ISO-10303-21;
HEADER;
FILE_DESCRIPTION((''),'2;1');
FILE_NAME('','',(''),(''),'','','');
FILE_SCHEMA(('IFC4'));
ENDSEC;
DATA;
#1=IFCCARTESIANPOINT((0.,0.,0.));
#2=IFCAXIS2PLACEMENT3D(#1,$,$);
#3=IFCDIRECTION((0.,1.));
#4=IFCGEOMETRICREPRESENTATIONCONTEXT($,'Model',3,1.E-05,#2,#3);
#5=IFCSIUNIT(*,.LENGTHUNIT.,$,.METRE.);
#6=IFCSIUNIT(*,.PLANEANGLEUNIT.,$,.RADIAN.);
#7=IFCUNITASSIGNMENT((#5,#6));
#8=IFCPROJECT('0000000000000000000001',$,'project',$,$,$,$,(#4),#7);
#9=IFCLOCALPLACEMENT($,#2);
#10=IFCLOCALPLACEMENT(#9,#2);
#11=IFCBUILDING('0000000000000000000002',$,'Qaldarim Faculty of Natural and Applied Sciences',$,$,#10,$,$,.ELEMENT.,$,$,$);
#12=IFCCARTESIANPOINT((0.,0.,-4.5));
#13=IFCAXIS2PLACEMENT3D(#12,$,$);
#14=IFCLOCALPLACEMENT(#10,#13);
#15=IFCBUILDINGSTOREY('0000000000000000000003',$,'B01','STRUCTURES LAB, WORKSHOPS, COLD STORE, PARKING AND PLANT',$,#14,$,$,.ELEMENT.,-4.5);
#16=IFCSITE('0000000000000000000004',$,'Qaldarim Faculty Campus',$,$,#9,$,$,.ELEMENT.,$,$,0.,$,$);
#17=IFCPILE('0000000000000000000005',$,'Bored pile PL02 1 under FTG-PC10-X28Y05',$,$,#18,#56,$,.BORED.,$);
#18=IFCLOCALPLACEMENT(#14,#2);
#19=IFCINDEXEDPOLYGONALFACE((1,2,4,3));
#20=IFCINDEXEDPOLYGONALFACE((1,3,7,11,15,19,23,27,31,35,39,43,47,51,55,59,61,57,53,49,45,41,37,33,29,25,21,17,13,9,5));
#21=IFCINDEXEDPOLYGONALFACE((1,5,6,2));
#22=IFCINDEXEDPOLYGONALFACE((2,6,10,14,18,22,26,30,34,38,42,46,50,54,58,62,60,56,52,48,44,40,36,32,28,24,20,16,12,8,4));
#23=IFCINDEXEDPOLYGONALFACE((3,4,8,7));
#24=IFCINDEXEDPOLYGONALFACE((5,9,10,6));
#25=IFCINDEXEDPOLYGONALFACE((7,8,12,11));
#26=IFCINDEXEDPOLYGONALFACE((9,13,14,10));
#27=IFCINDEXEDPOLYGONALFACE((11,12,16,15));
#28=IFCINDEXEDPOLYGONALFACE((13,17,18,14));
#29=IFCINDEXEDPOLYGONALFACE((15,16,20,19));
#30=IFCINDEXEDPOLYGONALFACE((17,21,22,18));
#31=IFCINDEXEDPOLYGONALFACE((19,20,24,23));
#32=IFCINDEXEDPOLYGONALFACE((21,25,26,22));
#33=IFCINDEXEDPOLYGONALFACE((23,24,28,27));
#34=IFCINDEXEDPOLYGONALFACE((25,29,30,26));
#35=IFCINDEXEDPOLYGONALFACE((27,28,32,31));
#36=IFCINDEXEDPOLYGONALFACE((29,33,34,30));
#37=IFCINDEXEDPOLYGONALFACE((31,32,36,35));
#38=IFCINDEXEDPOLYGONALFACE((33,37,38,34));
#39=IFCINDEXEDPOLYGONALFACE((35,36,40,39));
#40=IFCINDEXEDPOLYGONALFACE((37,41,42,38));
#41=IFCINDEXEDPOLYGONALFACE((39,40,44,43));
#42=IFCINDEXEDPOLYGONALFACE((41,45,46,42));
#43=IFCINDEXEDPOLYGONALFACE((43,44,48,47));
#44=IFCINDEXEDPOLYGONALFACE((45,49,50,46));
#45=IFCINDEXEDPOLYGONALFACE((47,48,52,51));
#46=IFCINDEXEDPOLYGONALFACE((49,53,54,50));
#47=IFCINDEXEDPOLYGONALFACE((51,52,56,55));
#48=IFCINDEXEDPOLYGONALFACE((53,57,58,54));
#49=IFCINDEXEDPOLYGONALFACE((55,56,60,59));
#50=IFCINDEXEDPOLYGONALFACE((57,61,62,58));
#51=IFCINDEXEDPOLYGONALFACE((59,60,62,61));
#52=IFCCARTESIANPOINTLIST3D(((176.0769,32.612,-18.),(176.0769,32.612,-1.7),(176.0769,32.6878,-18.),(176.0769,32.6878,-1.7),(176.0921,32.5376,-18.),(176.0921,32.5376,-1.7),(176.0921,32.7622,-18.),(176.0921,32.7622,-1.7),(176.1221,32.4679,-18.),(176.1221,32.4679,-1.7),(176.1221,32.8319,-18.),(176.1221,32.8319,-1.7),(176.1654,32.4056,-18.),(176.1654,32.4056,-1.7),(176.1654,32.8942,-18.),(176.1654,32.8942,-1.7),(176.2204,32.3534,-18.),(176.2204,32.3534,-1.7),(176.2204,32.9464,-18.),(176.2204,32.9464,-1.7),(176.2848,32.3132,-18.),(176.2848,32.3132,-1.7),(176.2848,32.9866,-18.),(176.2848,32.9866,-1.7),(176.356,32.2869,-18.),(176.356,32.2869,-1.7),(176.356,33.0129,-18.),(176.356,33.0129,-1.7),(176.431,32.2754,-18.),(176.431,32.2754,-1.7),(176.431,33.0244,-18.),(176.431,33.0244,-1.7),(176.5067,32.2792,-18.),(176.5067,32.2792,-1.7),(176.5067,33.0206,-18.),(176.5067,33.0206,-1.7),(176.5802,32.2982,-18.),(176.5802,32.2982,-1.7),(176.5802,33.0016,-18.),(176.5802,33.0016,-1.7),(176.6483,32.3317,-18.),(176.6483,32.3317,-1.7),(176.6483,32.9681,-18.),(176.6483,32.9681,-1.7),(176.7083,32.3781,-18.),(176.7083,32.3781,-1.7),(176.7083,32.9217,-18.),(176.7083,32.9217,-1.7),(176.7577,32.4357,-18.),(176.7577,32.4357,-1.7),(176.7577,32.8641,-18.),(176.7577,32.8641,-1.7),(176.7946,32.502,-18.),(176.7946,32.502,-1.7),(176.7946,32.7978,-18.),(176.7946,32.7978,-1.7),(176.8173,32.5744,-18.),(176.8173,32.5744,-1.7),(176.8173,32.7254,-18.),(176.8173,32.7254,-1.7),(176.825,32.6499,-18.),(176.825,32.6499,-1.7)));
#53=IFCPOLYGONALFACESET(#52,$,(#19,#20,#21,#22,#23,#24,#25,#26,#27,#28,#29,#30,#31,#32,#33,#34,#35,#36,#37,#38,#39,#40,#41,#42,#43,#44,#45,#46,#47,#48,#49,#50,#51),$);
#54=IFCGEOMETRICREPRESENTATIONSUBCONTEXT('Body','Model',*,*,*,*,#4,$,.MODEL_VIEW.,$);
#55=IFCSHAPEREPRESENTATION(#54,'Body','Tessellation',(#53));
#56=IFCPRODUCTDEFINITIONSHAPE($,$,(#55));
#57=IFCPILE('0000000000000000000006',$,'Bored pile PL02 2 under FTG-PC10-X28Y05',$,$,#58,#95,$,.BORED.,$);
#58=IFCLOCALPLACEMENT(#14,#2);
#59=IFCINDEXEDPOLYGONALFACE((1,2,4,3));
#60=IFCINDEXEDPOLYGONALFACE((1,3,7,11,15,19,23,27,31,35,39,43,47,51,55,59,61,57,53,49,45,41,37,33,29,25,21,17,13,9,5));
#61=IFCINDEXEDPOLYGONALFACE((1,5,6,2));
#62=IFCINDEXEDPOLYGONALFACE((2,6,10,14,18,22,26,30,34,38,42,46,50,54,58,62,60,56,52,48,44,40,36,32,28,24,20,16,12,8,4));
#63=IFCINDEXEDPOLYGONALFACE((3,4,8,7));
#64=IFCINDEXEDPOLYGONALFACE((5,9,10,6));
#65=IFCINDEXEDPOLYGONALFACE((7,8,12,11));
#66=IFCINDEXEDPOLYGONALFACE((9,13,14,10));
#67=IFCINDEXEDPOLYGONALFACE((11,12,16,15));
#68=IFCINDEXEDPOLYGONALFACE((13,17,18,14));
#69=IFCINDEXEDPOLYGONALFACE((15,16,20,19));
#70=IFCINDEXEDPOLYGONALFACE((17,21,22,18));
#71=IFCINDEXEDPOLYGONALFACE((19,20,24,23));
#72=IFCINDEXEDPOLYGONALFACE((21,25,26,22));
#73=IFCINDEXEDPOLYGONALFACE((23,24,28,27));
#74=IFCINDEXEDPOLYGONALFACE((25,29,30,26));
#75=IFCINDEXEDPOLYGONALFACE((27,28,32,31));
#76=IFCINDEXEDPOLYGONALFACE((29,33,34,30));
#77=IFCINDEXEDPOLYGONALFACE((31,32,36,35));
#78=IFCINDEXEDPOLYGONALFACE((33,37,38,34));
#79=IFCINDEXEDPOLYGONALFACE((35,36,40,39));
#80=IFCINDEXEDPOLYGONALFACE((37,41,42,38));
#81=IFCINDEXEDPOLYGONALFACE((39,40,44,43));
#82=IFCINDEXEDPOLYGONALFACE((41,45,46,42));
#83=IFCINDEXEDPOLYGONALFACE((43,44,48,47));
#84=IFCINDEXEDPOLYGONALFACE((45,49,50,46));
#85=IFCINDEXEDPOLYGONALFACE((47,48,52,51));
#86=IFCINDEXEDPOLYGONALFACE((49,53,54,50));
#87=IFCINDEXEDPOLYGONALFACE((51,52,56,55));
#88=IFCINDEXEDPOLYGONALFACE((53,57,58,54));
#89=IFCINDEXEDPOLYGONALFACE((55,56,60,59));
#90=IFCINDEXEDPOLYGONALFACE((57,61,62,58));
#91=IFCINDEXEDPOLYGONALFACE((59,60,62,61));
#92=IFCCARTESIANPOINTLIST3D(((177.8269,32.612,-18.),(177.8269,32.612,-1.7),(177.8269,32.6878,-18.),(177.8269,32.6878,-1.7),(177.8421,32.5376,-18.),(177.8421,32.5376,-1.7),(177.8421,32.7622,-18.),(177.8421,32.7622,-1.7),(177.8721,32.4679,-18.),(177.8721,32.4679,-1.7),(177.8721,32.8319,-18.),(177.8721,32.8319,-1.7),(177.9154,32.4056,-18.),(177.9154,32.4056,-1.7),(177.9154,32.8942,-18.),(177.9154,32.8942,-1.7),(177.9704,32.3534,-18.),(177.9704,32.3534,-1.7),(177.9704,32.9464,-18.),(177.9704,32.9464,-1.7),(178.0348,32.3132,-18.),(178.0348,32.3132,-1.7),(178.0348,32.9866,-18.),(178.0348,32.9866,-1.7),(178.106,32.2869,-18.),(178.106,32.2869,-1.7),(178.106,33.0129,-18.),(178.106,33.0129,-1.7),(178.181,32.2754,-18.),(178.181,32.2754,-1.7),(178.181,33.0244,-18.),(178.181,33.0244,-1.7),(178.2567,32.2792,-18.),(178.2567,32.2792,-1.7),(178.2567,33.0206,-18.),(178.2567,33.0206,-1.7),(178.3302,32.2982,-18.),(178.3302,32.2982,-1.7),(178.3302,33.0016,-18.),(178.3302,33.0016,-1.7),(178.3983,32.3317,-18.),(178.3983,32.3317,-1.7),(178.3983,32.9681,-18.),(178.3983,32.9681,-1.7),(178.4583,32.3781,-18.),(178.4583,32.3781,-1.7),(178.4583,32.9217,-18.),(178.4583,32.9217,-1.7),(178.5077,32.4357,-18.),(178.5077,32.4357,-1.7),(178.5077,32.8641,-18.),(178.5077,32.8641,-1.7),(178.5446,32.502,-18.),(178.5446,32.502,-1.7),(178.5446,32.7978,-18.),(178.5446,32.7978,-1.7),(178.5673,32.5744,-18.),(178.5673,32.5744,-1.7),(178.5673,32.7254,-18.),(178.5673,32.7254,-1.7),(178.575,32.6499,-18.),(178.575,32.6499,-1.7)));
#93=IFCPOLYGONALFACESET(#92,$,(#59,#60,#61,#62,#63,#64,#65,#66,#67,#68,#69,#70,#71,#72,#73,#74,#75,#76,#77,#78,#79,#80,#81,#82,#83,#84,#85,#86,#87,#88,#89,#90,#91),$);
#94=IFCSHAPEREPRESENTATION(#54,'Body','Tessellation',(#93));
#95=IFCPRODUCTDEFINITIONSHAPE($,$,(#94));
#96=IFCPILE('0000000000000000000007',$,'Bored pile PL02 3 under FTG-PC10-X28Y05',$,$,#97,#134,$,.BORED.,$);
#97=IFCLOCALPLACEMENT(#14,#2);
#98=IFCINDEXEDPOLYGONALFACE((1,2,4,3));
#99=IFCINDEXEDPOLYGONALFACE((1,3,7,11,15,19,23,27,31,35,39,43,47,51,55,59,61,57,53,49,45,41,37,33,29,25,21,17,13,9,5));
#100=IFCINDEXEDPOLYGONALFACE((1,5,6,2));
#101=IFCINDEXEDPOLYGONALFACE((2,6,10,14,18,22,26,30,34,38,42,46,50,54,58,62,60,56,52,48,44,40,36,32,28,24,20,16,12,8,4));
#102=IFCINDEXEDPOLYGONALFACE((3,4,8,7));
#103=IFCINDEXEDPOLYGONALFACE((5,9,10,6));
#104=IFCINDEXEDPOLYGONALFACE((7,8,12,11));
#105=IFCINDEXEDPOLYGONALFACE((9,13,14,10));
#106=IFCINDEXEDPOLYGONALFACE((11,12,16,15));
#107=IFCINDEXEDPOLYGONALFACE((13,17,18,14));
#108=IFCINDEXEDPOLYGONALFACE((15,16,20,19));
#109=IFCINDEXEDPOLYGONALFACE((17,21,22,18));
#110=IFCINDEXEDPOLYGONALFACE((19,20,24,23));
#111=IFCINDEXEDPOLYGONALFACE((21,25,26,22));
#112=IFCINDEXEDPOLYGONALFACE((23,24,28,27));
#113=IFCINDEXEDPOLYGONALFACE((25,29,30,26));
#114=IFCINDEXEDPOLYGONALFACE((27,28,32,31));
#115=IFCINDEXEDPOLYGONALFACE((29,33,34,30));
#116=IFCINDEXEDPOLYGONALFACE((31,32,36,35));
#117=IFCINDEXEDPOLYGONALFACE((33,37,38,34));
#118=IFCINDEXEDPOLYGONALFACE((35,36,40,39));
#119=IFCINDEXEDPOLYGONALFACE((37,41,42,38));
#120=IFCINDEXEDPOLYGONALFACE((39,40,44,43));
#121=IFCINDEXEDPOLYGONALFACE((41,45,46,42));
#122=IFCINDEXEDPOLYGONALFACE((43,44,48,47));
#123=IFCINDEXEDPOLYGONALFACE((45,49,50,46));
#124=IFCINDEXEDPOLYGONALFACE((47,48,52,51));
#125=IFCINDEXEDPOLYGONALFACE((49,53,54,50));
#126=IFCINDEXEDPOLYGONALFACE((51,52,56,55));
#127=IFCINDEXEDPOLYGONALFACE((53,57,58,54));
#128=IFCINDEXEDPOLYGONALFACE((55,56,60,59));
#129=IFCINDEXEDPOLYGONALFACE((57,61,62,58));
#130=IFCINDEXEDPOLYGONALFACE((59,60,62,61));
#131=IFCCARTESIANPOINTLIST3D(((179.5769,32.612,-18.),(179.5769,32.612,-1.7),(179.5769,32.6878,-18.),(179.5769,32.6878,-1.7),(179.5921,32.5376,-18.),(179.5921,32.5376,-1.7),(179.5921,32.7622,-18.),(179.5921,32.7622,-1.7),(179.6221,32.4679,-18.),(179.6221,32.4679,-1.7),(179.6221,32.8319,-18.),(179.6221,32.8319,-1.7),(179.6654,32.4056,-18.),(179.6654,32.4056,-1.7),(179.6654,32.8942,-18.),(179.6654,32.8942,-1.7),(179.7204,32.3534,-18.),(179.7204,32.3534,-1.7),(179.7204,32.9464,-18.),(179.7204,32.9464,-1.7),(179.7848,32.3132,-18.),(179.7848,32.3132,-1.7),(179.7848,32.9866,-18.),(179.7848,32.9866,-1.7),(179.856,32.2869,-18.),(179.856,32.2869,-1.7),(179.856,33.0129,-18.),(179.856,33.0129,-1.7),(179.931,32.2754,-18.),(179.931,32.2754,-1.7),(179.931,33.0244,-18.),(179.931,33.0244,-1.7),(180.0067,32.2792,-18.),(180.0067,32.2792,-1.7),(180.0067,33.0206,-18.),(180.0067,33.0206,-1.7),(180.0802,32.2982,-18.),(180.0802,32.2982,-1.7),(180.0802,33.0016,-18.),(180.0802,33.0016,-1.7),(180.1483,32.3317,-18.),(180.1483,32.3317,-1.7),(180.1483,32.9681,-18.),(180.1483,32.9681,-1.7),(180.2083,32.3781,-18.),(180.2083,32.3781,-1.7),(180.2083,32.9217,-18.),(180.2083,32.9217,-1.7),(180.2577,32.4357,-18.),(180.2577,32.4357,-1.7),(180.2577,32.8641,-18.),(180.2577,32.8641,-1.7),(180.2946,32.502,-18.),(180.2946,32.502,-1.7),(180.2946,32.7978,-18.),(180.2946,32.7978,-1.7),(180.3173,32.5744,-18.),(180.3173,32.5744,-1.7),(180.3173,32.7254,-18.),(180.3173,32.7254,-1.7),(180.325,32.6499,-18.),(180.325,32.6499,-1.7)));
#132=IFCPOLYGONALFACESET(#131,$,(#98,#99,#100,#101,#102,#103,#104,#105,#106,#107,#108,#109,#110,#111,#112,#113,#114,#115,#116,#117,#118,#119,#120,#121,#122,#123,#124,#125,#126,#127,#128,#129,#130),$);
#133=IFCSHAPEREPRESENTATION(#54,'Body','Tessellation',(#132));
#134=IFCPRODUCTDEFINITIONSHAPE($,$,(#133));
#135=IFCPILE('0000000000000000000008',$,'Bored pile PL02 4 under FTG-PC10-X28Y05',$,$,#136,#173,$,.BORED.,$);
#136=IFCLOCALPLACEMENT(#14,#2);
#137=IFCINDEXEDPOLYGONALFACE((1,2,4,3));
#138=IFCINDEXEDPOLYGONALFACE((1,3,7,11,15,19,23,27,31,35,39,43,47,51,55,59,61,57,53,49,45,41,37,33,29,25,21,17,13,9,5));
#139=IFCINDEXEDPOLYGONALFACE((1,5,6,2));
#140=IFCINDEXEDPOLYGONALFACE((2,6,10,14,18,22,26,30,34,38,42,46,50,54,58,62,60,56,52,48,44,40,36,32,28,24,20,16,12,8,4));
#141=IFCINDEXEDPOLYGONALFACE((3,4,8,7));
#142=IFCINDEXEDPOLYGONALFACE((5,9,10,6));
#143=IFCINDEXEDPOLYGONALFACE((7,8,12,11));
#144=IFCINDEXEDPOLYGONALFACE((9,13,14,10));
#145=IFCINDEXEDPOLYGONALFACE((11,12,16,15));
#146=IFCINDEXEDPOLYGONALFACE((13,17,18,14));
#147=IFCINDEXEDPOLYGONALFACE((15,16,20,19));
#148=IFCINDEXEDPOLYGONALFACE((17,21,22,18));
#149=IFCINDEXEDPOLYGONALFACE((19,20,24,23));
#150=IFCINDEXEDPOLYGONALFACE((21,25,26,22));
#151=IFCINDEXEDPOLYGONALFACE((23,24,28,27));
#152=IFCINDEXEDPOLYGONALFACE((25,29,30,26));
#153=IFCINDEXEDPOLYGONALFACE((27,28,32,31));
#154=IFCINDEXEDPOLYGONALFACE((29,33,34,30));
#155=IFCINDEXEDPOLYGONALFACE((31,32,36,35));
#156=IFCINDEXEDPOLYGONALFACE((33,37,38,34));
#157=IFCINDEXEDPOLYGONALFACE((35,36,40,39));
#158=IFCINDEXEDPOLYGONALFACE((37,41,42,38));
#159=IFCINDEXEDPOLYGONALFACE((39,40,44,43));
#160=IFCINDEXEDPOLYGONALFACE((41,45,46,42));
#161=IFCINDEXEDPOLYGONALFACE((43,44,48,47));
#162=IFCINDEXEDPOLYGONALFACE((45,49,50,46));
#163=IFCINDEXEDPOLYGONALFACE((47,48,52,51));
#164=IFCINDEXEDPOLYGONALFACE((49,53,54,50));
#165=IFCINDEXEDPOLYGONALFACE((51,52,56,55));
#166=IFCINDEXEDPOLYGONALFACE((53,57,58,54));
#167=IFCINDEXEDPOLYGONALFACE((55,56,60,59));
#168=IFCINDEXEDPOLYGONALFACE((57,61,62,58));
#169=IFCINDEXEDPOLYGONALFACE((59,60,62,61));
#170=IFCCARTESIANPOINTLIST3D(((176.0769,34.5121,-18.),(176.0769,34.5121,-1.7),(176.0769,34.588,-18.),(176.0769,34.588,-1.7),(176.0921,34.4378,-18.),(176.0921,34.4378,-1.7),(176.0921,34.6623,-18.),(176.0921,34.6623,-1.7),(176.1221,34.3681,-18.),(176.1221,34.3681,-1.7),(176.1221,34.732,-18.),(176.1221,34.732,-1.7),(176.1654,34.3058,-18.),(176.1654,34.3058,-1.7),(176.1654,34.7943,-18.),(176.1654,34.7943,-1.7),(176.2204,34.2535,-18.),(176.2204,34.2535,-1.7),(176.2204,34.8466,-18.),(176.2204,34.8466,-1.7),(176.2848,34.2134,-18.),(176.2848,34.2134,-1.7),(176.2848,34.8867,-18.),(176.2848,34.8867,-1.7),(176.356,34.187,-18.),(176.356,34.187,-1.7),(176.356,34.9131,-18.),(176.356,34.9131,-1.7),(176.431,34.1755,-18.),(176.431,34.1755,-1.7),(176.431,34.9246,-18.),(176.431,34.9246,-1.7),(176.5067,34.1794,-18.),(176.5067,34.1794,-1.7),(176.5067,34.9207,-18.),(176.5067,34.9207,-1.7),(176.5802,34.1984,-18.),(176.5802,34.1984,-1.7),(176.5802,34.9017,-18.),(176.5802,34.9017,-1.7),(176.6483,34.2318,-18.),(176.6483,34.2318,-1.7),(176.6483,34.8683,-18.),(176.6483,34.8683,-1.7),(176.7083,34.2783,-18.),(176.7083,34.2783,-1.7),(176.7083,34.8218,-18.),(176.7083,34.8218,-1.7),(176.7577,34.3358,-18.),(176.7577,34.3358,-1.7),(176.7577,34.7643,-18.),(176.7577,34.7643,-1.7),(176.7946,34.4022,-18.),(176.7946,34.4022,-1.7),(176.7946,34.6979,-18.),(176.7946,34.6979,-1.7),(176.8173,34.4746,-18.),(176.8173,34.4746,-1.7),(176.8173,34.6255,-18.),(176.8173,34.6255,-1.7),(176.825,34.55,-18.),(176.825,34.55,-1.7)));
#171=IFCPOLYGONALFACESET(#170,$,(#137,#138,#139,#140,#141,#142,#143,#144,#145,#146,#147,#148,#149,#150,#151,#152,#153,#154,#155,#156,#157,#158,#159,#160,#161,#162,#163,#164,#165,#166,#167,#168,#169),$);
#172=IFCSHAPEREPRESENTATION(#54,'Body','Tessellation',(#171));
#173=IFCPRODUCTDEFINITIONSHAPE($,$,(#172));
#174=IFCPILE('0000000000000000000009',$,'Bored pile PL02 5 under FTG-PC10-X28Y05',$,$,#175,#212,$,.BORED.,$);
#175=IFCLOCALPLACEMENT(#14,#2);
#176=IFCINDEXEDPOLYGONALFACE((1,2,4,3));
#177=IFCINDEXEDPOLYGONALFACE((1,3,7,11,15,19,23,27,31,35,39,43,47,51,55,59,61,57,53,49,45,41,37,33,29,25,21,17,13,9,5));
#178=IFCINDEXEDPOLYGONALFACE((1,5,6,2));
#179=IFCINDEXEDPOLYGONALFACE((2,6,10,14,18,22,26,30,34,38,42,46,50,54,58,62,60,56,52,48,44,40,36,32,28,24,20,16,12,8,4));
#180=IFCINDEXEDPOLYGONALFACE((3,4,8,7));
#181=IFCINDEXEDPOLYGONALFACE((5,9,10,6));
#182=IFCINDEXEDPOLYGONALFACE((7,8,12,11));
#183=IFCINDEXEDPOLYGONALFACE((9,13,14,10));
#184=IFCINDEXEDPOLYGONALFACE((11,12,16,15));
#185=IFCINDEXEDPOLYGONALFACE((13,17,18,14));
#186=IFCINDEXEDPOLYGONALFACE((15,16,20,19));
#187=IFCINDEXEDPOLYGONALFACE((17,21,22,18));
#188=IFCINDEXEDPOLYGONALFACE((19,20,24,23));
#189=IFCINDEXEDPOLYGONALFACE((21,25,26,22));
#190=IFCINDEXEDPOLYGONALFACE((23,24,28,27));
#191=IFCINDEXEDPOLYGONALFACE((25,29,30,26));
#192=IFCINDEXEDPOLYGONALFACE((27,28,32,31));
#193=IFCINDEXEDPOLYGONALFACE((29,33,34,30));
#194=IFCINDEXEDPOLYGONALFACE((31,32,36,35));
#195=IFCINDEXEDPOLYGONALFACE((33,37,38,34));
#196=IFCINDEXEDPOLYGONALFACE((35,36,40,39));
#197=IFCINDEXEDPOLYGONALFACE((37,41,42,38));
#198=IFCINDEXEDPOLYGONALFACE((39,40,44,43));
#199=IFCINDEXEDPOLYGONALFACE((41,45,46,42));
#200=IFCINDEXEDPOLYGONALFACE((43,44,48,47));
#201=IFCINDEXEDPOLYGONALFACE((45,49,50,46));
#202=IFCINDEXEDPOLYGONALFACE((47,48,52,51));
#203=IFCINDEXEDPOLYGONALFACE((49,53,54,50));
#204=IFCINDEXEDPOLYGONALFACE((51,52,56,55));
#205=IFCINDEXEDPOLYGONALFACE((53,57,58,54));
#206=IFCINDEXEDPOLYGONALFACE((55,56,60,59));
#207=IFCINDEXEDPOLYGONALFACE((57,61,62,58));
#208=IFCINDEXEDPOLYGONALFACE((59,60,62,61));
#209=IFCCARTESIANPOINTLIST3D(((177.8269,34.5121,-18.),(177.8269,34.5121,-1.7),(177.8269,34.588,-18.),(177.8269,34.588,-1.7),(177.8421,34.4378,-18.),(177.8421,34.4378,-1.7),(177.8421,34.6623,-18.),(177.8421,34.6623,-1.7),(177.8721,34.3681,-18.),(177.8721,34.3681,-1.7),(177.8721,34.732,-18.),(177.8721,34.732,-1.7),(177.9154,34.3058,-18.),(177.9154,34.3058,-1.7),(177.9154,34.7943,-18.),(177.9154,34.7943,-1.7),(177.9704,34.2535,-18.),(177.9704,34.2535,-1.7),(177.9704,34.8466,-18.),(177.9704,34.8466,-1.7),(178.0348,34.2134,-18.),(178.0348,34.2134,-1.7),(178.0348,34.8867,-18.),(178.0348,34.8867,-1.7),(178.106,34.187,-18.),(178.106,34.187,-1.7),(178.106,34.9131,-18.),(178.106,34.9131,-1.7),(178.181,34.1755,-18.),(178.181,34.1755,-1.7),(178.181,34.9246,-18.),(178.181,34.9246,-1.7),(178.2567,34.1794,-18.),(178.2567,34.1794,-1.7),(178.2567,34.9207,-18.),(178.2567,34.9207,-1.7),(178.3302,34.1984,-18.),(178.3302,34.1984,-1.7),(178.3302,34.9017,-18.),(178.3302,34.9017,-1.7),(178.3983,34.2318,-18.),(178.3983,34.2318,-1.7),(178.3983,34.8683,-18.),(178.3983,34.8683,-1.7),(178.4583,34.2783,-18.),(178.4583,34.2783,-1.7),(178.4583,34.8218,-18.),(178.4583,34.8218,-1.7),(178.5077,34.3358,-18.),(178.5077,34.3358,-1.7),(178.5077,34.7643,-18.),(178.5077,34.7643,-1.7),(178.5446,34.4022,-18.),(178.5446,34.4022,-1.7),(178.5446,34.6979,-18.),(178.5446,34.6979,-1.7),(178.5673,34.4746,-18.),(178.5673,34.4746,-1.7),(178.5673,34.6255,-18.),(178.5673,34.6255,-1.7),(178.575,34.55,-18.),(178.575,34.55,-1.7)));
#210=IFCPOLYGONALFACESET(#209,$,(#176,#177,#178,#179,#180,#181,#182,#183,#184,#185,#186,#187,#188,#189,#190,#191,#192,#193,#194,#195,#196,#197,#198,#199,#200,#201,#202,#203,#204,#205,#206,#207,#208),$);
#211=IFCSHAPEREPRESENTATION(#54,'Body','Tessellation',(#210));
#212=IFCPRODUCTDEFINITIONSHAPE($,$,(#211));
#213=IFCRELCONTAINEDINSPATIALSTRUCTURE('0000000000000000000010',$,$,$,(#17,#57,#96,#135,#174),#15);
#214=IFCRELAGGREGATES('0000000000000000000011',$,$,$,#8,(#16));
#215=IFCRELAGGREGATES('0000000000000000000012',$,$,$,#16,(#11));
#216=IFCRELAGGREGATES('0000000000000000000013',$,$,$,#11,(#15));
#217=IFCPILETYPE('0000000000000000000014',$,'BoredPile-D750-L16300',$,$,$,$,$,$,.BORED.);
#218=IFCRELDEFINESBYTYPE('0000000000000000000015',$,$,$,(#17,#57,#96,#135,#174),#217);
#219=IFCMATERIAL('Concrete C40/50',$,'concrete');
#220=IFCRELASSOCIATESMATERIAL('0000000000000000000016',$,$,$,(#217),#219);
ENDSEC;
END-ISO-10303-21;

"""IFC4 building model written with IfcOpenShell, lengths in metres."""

from ifc_helpers import new_model, si_unit, direction, frame, origin, origin_2d, place, context, subcontext, project, spatial, circle, extrude, material, material_profile, profile_set, type_object, element, save


model = new_model("IFC4")

# Units and contexts
model_context = context("Model", 3, precision=1e-05, world=origin(), true_north=direction((0.0, 1.0)))
body_context = subcontext(model_context, "Body", "Model", "MODEL_VIEW")
ifc_project = project(units=[si_unit("LENGTHUNIT", "METRE"), si_unit("PLANEANGLEUNIT", "RADIAN")], contexts=[model_context])

# Site, building, storey
site_placement = place(None, origin())
site = spatial("IfcSite", under=ifc_project, at=site_placement, Name="Qaldarim Faculty Campus", CompositionType="ELEMENT", RefElevation=0.0)
building_placement = place(site_placement, origin())
building = spatial("IfcBuilding", under=site, at=building_placement, Name="Qaldarim Faculty of Natural and Applied Sciences", CompositionType="ELEMENT")
storey_placement = place(building_placement, frame((0.0, 0.0, -4.5)))
storey = spatial("IfcBuildingStorey", under=building, at=storey_placement, Name="B01", Description="STRUCTURES LAB, WORKSHOPS, COLD STORE, PARKING AND PLANT", CompositionType="ELEMENT", Elevation=-4.5)

# Piles
ifc_material_1 = material(Name="Concrete C40/50", Category="concrete")
ifc_material_profile_1 = material_profile(ifc_material_1, circle(Radius=0.375, at=origin_2d()), Name="PILE-D750")
ifc_profile_set_1 = profile_set([ifc_material_profile_1], Name="Concrete C40/50")
pile_type_1 = type_object("IfcPileType", Name="BoredPile-D750-L16300", PredefinedType="BORED", material=ifc_profile_set_1)
for number, where, z_axis, x_axis, name in (
    (1, (176.45, 32.6499, -1.7), (0.0, 0.0, -1.0), (1.0, 0.0, 0.0), "Bored pile PL02 1 under FTG-PC10-X28Y05"),
    (2, (178.2, 32.6499, -1.7), (0.0, 0.0, -1.0), (1.0, 0.0, 0.0), "Bored pile PL02 2 under FTG-PC10-X28Y05"),
    (3, (179.95, 32.6499, -1.7), (0.0, 0.0, -1.0), (1.0, 0.0, 0.0), "Bored pile PL02 3 under FTG-PC10-X28Y05"),
    (4, (176.45, 34.55, -1.7), (0.0, 0.0, -1.0), (1.0, 0.0, 0.0), "Bored pile PL02 4 under FTG-PC10-X28Y05"),
    (5, (178.2, 34.55, -1.7), (0.0, 0.0, -1.0), (1.0, 0.0, 0.0), "Bored pile PL02 5 under FTG-PC10-X28Y05"),
):
    element("IfcPile", number, at=place(storey_placement, frame(where, z_axis=z_axis, x_axis=x_axis)), inside=storey, type_object=pile_type_1, Name=name, PredefinedType="BORED", context=body_context, shape_type="SweptSolid", body=[
        extrude(circle(Radius=0.375, at=origin_2d()), origin(), (0.0, 0.0, 1.0), 16.3),
    ])

save(model, "model.ifc")
